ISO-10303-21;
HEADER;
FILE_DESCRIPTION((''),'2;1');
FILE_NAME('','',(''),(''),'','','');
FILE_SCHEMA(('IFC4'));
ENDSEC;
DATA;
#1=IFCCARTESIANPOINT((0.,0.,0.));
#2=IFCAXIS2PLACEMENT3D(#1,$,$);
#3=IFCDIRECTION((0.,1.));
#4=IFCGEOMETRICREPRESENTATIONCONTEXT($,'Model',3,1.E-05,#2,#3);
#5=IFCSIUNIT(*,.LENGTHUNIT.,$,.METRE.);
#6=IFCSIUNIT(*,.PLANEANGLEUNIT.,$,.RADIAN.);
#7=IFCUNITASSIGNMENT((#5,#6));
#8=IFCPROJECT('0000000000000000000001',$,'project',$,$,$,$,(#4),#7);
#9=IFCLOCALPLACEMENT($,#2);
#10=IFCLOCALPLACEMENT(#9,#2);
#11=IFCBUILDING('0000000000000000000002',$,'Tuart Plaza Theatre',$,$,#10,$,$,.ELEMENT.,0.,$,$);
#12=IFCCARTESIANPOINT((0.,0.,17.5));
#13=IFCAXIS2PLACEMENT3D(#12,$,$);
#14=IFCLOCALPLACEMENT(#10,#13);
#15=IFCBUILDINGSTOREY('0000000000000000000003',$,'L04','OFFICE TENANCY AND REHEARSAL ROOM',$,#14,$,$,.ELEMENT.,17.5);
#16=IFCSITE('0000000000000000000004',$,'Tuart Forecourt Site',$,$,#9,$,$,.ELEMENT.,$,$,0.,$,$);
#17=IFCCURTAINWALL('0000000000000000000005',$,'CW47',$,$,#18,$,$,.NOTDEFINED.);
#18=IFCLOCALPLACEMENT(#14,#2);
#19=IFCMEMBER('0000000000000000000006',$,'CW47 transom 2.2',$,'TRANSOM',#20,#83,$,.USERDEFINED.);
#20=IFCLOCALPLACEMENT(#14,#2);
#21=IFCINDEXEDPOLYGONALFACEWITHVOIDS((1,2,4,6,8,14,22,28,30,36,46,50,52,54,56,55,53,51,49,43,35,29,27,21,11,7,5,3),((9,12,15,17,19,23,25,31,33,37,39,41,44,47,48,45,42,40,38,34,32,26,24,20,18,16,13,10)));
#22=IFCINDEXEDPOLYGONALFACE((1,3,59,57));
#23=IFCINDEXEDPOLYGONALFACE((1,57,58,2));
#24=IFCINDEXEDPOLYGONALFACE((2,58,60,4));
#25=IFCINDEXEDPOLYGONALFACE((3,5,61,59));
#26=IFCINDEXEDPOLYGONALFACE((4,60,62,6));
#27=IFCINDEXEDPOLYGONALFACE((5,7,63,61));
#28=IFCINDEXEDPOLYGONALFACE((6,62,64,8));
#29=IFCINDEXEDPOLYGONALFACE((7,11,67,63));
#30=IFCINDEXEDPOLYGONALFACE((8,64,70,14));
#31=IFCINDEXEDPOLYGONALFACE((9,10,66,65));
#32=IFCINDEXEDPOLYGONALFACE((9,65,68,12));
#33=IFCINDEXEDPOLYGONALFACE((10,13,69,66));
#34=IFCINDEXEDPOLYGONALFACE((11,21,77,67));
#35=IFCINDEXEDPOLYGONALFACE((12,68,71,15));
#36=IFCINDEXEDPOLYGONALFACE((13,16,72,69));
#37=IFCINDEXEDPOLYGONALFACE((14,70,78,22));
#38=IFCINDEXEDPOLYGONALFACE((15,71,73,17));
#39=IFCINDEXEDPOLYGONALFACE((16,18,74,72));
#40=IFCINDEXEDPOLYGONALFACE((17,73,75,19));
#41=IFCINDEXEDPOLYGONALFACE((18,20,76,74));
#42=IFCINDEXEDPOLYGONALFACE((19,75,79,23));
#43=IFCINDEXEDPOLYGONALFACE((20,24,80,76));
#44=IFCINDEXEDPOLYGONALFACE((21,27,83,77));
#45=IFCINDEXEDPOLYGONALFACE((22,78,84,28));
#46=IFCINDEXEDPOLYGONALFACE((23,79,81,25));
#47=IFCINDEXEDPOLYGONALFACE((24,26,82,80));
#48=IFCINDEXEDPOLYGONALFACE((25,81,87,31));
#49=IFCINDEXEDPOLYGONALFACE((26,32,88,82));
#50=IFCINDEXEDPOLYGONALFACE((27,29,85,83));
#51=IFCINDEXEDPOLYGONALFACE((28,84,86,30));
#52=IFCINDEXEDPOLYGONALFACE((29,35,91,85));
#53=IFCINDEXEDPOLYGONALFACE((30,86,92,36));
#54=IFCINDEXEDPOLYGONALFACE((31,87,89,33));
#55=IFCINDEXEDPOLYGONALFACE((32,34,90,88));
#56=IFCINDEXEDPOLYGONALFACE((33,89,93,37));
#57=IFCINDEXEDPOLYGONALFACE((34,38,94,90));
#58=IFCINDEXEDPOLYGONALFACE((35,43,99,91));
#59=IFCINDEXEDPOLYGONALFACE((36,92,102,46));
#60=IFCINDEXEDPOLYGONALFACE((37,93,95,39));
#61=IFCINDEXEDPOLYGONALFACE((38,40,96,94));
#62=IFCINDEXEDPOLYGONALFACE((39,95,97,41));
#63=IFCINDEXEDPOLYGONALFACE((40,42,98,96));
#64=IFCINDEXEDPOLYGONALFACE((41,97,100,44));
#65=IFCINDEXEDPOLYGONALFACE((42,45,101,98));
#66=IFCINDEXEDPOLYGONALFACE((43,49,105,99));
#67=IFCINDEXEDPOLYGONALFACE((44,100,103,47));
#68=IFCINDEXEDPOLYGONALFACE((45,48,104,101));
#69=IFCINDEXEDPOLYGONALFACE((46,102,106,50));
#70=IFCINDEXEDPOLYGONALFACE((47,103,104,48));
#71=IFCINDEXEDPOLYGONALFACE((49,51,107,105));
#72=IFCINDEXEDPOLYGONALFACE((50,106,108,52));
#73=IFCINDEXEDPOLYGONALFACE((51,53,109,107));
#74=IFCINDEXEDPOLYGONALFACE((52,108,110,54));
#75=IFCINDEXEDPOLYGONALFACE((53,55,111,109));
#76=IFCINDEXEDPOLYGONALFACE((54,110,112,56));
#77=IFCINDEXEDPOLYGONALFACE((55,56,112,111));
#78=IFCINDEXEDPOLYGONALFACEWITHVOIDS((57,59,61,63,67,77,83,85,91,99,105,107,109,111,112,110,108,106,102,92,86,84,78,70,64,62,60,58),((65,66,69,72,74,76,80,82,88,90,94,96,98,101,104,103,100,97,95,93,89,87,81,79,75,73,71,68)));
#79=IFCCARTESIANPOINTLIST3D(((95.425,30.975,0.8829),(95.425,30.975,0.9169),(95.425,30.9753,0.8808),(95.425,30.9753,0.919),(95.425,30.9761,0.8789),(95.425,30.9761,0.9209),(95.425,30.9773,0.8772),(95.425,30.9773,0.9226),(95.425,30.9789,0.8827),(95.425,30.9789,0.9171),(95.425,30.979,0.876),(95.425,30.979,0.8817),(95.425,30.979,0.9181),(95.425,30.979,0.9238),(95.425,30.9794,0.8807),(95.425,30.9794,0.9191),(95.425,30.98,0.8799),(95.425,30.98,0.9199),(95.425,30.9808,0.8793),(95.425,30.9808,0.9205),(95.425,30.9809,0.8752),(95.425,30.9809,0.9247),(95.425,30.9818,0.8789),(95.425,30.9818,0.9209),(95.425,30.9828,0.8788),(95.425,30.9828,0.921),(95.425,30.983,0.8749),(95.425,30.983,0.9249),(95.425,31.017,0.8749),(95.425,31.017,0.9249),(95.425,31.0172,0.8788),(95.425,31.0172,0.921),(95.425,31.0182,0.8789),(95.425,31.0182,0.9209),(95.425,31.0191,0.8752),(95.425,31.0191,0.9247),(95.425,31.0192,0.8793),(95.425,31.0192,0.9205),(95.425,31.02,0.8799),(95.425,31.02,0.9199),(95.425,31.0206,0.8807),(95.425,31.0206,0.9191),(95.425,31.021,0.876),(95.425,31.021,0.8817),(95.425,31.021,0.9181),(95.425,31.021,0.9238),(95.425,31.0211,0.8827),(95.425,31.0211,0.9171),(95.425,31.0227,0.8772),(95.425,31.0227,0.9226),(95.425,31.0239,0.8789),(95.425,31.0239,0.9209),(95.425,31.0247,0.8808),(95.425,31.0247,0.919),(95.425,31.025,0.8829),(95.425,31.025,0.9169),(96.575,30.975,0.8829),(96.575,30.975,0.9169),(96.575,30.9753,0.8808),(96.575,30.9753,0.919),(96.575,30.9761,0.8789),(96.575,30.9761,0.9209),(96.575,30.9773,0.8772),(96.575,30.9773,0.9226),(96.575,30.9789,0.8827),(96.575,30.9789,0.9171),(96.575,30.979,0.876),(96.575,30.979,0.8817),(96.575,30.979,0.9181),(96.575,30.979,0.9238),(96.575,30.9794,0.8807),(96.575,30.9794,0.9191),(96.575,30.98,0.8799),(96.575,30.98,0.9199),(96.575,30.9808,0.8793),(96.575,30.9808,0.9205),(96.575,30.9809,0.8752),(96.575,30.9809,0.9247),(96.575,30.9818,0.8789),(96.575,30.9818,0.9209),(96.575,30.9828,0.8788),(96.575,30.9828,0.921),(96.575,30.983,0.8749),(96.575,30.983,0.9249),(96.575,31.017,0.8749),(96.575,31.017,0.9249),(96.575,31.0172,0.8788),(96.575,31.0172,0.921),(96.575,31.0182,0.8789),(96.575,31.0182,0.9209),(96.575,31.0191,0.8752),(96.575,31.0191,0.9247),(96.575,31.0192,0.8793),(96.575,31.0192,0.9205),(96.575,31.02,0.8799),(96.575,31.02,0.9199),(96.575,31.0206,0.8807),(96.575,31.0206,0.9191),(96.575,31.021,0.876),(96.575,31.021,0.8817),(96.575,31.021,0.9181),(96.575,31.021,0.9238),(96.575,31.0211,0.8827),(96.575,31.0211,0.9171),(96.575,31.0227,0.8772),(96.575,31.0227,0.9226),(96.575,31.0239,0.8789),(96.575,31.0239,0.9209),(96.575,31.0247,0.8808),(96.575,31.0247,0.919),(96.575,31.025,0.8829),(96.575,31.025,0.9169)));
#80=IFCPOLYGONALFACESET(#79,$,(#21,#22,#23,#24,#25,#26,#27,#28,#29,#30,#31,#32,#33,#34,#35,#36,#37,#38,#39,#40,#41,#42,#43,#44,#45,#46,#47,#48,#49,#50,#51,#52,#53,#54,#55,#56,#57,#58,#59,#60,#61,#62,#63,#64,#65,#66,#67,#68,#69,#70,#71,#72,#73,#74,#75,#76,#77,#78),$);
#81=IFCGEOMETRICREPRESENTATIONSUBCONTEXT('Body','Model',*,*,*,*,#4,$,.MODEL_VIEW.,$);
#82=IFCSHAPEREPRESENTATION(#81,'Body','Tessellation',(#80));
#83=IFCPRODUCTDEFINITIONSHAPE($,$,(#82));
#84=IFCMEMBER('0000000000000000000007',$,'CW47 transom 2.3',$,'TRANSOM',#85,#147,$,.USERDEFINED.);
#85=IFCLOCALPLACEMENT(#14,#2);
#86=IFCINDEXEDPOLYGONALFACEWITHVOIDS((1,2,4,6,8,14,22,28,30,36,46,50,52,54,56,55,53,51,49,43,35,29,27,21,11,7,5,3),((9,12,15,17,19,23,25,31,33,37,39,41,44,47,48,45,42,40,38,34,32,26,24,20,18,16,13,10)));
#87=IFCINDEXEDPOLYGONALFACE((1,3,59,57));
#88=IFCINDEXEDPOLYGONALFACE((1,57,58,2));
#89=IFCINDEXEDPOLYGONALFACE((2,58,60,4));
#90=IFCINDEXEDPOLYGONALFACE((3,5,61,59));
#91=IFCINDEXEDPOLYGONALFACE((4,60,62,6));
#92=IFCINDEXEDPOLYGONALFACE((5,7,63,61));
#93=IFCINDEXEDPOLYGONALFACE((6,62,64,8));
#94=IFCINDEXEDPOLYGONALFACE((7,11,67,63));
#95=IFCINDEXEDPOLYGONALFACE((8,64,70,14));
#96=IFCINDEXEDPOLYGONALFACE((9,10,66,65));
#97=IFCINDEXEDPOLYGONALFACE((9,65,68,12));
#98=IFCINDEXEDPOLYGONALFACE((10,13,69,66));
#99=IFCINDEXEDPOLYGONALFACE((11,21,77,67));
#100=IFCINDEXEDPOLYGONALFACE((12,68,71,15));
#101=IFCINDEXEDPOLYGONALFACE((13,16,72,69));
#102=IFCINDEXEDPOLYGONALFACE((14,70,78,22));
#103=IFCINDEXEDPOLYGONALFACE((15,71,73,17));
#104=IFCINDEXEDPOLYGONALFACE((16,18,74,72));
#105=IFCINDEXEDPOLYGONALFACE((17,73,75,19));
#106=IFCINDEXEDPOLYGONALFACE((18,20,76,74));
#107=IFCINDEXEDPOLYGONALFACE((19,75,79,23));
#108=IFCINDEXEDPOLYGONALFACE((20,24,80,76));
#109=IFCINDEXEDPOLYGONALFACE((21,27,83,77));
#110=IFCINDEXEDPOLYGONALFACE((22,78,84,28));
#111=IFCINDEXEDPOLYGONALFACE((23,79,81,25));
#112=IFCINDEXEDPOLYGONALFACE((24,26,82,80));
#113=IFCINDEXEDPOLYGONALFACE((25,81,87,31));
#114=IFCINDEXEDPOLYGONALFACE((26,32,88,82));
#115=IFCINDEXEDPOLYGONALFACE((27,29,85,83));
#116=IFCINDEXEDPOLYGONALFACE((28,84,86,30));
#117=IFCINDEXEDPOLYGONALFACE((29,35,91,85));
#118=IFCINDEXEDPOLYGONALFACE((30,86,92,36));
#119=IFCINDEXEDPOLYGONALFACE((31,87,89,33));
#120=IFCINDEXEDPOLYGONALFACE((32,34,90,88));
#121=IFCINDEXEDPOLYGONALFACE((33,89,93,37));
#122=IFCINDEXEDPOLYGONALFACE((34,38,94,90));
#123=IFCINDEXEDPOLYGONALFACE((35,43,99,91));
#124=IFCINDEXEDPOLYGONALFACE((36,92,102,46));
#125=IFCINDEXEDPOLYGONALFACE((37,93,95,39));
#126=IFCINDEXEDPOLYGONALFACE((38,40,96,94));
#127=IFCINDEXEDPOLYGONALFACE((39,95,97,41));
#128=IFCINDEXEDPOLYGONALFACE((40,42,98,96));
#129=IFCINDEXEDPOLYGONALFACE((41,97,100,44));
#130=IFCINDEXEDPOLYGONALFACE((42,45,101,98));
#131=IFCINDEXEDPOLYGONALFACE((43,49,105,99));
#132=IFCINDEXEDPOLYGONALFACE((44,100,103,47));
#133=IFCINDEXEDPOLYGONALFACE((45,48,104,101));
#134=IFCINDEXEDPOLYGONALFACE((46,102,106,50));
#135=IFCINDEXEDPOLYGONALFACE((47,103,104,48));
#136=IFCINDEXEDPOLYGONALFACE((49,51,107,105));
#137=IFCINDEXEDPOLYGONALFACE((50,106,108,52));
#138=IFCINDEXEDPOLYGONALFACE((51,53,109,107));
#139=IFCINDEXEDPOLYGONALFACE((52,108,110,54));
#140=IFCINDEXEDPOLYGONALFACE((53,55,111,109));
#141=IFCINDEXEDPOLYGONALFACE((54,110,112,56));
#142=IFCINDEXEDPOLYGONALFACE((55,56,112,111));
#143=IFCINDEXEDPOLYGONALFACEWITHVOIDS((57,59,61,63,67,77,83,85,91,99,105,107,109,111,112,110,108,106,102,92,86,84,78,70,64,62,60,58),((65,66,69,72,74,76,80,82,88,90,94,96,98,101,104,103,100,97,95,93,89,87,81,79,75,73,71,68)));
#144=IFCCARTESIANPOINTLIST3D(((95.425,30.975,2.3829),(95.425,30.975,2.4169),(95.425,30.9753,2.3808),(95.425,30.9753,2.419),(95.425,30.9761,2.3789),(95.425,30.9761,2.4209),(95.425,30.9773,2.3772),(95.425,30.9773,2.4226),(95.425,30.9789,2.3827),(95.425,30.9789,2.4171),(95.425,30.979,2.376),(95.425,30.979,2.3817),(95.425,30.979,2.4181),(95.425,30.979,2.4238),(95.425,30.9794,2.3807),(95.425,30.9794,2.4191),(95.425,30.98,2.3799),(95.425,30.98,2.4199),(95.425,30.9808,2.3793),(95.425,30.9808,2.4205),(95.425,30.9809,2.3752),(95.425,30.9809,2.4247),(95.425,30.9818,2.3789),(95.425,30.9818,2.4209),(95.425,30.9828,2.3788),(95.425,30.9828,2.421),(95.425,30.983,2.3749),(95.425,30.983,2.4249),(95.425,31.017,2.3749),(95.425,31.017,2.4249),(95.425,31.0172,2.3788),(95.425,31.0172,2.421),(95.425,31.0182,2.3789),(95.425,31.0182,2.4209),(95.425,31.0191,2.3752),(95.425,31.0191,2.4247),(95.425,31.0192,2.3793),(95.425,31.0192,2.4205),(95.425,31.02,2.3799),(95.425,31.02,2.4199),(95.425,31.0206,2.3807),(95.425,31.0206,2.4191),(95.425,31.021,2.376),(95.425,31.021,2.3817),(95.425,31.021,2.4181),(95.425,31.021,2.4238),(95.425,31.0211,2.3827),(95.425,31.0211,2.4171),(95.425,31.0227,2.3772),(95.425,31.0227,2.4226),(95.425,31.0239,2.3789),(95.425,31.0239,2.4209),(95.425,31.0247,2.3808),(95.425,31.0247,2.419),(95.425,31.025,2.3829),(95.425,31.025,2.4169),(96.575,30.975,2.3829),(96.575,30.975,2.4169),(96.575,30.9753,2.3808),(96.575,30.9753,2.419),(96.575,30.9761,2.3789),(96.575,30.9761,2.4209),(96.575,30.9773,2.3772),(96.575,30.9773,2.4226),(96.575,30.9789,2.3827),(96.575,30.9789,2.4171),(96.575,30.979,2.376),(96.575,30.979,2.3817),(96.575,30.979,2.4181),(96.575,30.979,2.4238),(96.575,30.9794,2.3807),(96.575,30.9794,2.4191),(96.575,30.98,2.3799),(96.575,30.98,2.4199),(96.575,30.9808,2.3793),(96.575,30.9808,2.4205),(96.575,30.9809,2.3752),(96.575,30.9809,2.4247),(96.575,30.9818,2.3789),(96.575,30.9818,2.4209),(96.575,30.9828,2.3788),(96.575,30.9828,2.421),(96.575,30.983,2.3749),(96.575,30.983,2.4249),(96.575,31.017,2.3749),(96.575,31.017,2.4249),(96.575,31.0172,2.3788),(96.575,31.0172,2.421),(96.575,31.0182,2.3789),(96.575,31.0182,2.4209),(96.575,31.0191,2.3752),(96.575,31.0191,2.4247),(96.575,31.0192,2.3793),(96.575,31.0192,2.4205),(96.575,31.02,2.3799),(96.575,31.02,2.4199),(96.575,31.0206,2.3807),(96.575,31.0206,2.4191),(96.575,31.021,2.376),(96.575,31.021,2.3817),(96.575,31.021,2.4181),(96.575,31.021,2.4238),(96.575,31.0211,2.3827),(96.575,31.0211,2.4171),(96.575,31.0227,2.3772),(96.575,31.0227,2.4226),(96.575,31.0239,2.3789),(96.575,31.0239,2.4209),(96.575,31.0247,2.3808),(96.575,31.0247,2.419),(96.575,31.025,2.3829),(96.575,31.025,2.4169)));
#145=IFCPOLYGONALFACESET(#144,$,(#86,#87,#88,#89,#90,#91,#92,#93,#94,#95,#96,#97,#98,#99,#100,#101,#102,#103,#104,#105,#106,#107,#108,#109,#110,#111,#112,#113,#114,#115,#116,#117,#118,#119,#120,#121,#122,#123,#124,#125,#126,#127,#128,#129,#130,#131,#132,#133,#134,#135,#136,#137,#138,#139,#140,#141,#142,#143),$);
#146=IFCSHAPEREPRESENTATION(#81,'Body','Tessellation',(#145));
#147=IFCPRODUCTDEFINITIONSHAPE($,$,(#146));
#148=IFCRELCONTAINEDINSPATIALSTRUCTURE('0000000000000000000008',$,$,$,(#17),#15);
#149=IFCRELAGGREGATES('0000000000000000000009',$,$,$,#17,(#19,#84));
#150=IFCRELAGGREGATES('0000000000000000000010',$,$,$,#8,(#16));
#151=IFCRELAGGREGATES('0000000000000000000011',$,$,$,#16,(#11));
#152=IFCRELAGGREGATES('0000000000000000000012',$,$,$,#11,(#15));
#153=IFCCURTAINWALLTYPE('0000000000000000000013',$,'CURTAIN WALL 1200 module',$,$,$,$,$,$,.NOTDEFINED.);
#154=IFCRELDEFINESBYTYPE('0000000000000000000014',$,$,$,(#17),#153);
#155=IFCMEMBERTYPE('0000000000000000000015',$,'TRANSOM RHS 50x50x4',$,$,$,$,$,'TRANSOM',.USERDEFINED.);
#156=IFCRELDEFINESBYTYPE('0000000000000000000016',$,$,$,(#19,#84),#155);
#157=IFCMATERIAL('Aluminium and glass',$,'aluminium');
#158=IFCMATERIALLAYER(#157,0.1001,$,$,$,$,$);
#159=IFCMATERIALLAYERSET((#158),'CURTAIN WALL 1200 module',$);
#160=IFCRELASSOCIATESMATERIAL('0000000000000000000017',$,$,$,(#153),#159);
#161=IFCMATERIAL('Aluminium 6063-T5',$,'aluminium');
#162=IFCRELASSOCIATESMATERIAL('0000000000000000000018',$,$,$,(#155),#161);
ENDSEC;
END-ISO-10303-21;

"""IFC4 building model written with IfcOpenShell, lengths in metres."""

from ifc_helpers import new_model, si_unit, direction, frame, origin, origin_2d, place, context, subcontext, project, spatial, hollow_rectangle, extrude, material, layer, layer_set, material_profile, profile_set, type_object, element, aggregate, save


model = new_model("IFC4")

# Units and contexts
model_context = context("Model", 3, precision=1e-05, world=origin(), true_north=direction((0.0, 1.0)))
body_context = subcontext(model_context, "Body", "Model", "MODEL_VIEW")
ifc_project = project(units=[si_unit("LENGTHUNIT", "METRE"), si_unit("PLANEANGLEUNIT", "RADIAN")], contexts=[model_context])

# Site, building, storey
site_placement = place(None, origin())
site = spatial("IfcSite", under=ifc_project, at=site_placement, Name="Tuart Forecourt Site", CompositionType="ELEMENT", RefElevation=0.0)
building_placement = place(site_placement, origin())
building = spatial("IfcBuilding", under=site, at=building_placement, Name="Tuart Plaza Theatre", CompositionType="ELEMENT", ElevationOfRefHeight=0.0)
storey_placement = place(building_placement, frame((0.0, 0.0, 17.5)))
storey = spatial("IfcBuildingStorey", under=building, at=storey_placement, Name="L04", Description="OFFICE TENANCY AND REHEARSAL ROOM", CompositionType="ELEMENT", Elevation=17.5)

# Curtain wall, members
ifc_material_1 = material(Name="Aluminium and glass", Category="aluminium")
ifc_layer_1 = layer(ifc_material_1, 0.1001)
ifc_layer_set_1 = layer_set([ifc_layer_1], Name="CURTAIN WALL 1200 module")
curtain_wall_type = type_object("IfcCurtainWallType", Name="CURTAIN WALL 1200 module", PredefinedType="NOTDEFINED", material=ifc_layer_set_1)
curtain_wall_placement = place(storey_placement, origin())
curtain_wall = element("IfcCurtainWall", 1, at=curtain_wall_placement, inside=storey, type_object=curtain_wall_type, Name="CW47", PredefinedType="NOTDEFINED")
ifc_material_2 = material(Name="Aluminium 6063-T5", Category="aluminium")
ifc_material_profile_1 = material_profile(ifc_material_2, hollow_rectangle(XDim=0.05, YDim=0.05, WallThickness=0.0039, InnerFilletRadius=0.0039, OuterFilletRadius=0.0081, at=origin_2d()), Name="RHS 50x50x4")
ifc_profile_set_1 = profile_set([ifc_material_profile_1], Name="Aluminium 6063-T5")
member_type_1 = type_object("IfcMemberType", Name="TRANSOM RHS 50x50x4", ElementType="TRANSOM", PredefinedType="USERDEFINED", material=ifc_profile_set_1)
member_1_placement = place(storey_placement, frame((95.425, 31.0, 0.8999), z_axis=(1.0, 0.0, 0.0), x_axis=(0.0, 1.0, 0.0)))
member_1 = element("IfcMember", 2, at=member_1_placement, type_object=member_type_1, Name="CW47 transom 2.2", ObjectType="TRANSOM", PredefinedType="USERDEFINED", context=body_context, shape_type="SweptSolid", body=[
    extrude(hollow_rectangle(XDim=0.05, YDim=0.05, WallThickness=0.0039, InnerFilletRadius=0.0039, OuterFilletRadius=0.0081, at=origin_2d()), origin(), (0.0, 0.0, 1.0), 1.1499),
])
member_2_placement = place(storey_placement, frame((95.425, 31.0, 2.3999), z_axis=(1.0, 0.0, 0.0), x_axis=(0.0, 1.0, 0.0)))
member_2 = element("IfcMember", 3, at=member_2_placement, type_object=member_type_1, Name="CW47 transom 2.3", ObjectType="TRANSOM", PredefinedType="USERDEFINED", context=body_context, shape_type="SweptSolid", body=[
    extrude(hollow_rectangle(XDim=0.05, YDim=0.05, WallThickness=0.0039, InnerFilletRadius=0.0039, OuterFilletRadius=0.0081, at=origin_2d()), origin(), (0.0, 0.0, 1.0), 1.1499),
])
aggregate(curtain_wall, [member_1, member_2])

save(model, "model.ifc")
